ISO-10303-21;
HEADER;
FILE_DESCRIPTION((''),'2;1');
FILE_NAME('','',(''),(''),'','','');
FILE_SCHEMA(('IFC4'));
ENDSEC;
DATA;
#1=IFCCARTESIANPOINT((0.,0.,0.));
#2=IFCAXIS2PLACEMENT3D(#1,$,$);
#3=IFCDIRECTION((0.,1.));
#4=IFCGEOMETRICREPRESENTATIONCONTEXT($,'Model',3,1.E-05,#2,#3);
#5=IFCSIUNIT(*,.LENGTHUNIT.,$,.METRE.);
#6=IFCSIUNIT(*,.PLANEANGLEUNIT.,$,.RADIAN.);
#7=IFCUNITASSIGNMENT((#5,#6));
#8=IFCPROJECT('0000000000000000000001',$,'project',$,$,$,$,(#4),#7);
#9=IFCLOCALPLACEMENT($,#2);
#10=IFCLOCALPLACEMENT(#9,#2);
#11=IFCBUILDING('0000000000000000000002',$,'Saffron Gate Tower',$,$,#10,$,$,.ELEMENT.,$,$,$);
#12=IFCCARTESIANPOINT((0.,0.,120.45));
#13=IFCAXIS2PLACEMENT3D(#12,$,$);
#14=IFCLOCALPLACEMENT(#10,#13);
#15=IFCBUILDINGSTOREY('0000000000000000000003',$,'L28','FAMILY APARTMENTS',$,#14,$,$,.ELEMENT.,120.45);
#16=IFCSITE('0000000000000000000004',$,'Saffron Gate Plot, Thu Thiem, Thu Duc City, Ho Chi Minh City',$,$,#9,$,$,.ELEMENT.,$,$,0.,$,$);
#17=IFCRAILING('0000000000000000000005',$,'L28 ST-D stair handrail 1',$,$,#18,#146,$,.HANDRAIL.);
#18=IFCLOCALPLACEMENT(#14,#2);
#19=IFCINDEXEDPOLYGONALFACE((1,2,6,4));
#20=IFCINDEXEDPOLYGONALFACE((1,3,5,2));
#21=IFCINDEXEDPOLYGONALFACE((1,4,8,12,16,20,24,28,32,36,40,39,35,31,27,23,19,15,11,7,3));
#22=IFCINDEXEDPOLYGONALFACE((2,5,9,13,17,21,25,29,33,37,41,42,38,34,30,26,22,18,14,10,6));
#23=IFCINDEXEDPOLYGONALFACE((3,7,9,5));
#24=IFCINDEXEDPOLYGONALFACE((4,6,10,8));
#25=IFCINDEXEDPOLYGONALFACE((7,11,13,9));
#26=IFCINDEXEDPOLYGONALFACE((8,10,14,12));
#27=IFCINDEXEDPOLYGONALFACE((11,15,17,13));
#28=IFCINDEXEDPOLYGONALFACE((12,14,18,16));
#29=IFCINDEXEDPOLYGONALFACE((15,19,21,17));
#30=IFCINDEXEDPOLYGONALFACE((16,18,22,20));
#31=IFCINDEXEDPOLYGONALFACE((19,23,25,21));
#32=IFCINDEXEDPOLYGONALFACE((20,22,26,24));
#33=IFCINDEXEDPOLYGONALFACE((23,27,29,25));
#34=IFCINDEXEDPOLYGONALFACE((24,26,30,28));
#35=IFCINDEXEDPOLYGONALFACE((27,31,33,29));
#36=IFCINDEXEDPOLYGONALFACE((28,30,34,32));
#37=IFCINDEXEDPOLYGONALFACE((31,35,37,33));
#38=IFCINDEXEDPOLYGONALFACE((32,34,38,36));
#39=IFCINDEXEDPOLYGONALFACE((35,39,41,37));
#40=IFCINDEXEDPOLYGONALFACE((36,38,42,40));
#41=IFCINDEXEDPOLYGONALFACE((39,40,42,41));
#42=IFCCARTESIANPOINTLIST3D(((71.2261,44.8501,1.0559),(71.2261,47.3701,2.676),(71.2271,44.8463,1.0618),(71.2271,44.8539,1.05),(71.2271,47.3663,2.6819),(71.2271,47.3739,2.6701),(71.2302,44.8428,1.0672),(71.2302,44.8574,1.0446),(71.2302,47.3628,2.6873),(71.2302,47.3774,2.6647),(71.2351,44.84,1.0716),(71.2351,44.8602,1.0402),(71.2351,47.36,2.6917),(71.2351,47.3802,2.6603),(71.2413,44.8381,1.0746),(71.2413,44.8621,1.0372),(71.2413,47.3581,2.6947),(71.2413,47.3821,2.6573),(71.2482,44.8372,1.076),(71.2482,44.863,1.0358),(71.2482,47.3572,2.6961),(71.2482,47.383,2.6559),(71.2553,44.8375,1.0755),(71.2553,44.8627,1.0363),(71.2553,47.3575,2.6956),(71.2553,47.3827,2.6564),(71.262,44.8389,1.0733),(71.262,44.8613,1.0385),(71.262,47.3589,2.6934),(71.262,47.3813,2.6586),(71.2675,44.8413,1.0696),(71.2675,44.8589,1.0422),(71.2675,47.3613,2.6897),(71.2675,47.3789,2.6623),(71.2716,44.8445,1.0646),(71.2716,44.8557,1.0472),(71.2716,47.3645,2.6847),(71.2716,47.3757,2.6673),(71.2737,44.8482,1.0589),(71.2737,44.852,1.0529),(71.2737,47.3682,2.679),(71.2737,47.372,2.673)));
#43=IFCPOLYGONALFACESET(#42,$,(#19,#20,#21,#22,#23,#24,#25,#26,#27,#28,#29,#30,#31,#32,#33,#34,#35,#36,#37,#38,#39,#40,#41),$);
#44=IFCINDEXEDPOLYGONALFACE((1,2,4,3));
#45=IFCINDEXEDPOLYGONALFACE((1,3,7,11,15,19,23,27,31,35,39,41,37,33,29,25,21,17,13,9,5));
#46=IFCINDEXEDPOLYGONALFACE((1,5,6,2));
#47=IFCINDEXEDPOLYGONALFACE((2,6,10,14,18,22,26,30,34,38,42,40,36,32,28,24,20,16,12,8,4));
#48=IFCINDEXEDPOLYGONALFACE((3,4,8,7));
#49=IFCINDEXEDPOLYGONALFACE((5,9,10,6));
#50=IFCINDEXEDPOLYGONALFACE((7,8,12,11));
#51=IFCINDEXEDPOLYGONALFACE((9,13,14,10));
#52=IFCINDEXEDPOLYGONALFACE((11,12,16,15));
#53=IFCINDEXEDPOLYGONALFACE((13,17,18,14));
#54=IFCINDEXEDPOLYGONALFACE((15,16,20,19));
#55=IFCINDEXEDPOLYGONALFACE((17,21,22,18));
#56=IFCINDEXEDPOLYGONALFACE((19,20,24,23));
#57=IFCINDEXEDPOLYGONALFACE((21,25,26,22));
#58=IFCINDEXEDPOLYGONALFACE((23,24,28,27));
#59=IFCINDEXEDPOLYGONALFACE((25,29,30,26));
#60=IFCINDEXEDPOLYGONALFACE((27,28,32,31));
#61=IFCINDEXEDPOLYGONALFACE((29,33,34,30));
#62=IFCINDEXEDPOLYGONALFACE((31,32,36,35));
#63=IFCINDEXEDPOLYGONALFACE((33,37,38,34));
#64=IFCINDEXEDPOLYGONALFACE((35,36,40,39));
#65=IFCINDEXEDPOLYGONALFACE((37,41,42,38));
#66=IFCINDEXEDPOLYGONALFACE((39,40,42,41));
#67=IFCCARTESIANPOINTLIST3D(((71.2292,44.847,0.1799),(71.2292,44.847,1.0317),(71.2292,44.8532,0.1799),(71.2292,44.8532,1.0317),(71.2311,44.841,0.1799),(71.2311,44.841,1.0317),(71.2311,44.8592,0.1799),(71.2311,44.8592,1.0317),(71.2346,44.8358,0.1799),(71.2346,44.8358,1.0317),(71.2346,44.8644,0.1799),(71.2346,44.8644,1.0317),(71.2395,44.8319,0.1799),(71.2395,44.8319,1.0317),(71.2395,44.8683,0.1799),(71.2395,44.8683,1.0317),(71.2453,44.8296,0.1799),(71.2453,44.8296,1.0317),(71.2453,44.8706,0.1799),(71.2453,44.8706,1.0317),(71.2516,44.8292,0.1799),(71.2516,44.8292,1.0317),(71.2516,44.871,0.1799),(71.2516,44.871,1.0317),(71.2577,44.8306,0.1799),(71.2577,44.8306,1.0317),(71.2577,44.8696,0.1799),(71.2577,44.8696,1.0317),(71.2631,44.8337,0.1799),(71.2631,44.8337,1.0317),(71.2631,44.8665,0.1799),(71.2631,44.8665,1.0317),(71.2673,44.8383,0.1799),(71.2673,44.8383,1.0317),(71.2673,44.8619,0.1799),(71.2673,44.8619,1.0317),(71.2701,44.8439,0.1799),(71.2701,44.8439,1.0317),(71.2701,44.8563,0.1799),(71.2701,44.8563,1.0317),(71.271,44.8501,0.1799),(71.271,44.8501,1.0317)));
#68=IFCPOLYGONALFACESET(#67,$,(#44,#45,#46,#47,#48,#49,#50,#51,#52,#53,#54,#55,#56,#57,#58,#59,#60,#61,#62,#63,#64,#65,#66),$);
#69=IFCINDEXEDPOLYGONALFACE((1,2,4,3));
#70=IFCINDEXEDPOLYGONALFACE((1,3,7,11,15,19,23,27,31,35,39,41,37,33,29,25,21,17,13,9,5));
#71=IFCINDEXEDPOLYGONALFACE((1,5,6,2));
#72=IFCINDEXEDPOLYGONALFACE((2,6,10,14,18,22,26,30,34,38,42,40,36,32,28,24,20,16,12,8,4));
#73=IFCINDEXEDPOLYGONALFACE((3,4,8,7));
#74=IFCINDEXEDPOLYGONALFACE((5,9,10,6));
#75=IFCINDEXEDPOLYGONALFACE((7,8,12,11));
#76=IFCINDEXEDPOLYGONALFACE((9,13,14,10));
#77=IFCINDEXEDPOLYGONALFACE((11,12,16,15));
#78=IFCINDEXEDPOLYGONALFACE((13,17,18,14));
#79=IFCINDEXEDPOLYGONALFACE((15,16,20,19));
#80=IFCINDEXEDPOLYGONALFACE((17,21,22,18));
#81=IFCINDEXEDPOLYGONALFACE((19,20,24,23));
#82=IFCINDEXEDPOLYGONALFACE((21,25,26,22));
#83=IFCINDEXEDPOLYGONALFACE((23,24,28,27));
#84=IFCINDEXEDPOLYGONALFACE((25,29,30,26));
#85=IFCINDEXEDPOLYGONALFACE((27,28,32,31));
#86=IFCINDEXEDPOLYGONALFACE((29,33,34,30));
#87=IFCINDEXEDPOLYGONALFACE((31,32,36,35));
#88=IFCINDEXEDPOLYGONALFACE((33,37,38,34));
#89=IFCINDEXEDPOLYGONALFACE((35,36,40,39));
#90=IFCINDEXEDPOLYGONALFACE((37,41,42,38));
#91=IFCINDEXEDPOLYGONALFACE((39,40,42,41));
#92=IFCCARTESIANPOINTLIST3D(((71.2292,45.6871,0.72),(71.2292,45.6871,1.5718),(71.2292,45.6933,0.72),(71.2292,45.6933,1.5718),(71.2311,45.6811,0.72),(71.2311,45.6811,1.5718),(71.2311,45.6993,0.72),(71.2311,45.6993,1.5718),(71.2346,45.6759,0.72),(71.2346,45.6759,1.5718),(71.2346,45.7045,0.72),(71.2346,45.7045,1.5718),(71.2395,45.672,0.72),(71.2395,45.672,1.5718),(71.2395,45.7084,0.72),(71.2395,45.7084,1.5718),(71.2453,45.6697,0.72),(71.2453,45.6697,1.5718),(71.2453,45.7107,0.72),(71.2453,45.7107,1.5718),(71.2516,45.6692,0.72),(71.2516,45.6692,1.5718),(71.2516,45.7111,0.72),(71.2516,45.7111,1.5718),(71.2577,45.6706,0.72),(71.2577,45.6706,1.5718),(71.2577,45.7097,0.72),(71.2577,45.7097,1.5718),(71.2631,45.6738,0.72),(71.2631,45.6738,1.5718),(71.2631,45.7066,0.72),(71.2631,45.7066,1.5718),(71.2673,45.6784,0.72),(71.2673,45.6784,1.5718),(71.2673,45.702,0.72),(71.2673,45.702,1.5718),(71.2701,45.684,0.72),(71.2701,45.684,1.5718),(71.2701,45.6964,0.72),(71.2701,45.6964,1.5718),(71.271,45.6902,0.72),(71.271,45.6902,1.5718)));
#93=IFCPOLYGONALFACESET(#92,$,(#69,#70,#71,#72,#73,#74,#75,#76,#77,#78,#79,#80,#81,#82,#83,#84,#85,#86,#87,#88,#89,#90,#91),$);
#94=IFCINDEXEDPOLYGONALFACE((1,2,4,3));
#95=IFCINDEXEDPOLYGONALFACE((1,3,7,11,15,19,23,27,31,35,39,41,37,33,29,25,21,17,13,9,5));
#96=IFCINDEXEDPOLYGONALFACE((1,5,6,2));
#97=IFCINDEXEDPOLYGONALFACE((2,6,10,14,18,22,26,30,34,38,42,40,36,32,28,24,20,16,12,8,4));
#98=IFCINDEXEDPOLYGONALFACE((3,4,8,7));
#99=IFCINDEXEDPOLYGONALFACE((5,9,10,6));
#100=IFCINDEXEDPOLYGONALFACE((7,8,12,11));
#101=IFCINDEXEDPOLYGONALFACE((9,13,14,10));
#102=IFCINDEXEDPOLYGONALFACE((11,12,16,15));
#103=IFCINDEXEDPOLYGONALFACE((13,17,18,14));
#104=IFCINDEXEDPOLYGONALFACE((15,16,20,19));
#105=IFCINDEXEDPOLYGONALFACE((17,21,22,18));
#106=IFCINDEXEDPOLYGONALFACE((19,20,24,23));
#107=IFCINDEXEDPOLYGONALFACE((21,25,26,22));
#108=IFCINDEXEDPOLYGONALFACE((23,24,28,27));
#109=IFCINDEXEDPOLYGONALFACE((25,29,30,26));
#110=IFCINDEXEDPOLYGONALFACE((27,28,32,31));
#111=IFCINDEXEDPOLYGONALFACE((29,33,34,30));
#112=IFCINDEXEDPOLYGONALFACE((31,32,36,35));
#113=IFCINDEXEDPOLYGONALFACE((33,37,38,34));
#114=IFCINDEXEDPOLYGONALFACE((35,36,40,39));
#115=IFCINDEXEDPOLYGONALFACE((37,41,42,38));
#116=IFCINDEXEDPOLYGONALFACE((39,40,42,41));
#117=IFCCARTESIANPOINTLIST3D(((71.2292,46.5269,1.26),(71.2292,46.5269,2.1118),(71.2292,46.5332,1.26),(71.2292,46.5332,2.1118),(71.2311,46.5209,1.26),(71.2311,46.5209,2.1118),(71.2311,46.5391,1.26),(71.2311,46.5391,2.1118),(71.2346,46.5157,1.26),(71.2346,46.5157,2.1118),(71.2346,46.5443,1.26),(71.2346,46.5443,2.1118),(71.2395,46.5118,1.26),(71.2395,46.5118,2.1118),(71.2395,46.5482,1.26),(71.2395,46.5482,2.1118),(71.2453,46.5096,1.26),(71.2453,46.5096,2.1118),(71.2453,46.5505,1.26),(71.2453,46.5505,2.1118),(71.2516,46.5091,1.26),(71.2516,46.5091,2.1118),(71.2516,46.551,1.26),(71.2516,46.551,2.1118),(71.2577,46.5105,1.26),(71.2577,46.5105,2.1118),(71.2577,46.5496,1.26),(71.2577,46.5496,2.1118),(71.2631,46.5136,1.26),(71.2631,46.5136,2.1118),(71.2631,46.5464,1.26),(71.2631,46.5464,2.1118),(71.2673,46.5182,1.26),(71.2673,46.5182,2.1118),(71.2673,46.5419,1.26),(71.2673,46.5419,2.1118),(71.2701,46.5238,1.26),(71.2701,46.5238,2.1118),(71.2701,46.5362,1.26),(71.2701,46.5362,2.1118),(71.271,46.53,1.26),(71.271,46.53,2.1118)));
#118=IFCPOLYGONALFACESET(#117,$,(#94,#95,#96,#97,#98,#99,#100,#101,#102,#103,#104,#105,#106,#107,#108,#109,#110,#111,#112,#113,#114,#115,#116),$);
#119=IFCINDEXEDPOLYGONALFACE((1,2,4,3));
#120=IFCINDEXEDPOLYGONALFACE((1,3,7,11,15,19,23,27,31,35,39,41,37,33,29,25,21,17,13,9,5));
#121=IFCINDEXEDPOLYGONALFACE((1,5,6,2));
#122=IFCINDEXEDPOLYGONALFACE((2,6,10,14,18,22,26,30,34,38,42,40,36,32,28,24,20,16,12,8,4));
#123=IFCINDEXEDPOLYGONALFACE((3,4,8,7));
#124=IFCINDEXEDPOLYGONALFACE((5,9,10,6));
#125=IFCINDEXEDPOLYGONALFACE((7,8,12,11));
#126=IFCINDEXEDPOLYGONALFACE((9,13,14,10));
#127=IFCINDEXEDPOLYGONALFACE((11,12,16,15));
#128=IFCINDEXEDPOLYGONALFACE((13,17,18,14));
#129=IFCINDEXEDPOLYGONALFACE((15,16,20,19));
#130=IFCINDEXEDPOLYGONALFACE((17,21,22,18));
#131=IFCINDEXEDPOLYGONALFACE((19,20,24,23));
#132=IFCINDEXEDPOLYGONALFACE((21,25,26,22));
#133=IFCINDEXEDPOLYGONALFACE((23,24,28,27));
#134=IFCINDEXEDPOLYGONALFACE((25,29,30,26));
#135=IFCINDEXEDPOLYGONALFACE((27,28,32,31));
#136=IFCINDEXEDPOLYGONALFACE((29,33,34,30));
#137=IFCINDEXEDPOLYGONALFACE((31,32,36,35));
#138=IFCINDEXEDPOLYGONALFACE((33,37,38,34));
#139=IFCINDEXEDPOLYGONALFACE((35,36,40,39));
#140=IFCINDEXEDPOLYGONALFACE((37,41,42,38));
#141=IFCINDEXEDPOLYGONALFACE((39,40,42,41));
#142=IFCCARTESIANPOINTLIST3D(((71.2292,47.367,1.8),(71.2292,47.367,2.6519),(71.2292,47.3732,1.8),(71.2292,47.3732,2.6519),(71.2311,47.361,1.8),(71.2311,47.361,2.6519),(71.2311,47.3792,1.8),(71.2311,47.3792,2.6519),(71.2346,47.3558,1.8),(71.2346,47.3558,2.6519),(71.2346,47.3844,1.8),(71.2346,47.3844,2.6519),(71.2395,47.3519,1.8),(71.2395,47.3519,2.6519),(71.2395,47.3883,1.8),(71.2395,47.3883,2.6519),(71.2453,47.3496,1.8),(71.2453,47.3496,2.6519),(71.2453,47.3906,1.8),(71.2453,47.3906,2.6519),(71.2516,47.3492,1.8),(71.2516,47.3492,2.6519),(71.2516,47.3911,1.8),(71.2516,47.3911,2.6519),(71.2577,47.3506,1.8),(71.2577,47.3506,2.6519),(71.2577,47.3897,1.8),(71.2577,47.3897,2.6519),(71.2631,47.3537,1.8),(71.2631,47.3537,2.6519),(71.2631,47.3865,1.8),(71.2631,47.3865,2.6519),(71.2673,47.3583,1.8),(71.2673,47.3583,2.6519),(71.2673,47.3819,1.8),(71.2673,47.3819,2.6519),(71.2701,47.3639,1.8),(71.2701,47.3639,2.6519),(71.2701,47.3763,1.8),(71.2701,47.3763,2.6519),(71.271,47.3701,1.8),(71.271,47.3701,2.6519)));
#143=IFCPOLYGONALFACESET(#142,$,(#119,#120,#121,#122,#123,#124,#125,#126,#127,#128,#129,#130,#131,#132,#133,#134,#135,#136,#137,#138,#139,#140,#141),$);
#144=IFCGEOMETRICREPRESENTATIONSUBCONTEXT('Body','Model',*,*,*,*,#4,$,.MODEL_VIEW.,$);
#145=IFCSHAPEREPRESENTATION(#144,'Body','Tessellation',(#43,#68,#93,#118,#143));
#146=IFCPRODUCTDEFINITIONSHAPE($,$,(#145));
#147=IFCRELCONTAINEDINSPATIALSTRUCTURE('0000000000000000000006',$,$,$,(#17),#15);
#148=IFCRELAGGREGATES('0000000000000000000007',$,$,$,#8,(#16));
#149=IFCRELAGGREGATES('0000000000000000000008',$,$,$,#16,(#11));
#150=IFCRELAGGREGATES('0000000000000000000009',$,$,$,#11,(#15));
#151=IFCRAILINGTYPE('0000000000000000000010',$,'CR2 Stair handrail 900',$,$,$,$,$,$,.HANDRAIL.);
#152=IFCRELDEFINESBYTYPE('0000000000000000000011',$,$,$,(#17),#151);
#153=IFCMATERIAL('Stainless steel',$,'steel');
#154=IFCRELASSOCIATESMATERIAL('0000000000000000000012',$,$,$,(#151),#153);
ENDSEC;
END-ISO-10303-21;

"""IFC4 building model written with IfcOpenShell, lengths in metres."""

from ifc_helpers import new_model, si_unit, direction, frame, origin, origin_2d, place, context, subcontext, project, spatial, circle, extrude, material, type_object, element, save


model = new_model("IFC4")

# Units and contexts
model_context = context("Model", 3, precision=1e-05, world=origin(), true_north=direction((0.0, 1.0)))
body_context = subcontext(model_context, "Body", "Model", "MODEL_VIEW")
ifc_project = project(units=[si_unit("LENGTHUNIT", "METRE"), si_unit("PLANEANGLEUNIT", "RADIAN")], contexts=[model_context])

# Site, building, storey
site_placement = place(None, origin())
site = spatial("IfcSite", under=ifc_project, at=site_placement, Name="Saffron Gate Plot, Thu Thiem, Thu Duc City, Ho Chi Minh City", CompositionType="ELEMENT", RefElevation=0.0)
building_placement = place(site_placement, origin())
building = spatial("IfcBuilding", under=site, at=building_placement, Name="Saffron Gate Tower", CompositionType="ELEMENT")
storey_placement = place(building_placement, frame((0.0, 0.0, 120.45)))
storey = spatial("IfcBuildingStorey", under=building, at=storey_placement, Name="L28", Description="FAMILY APARTMENTS", CompositionType="ELEMENT", Elevation=120.45)

# Railing
ifc_material_1 = material(Name="Stainless steel", Category="steel")
railing_type_1 = type_object("IfcRailingType", Name="CR2 Stair handrail 900", PredefinedType="HANDRAIL", material=ifc_material_1)
railing_1_placement = place(storey_placement, frame((71.25, 44.8501, 0.1799)))
element("IfcRailing", 1, at=railing_1_placement, inside=storey, type_object=railing_type_1, Name="L28 ST-D stair handrail 1", PredefinedType="HANDRAIL", context=body_context, shape_type="SweptSolid", body=[
    extrude(circle(Radius=0.0239, at=origin_2d()), frame((0.0, 0.0, 0.876), z_axis=(0.0, 0.841163, 0.540782), x_axis=(-1.0, 0.0, 0.0)), (0.0, 0.0, 1.0), 2.9958),
    extrude(circle(Radius=0.021, at=origin_2d()), origin(), (0.0, 0.0, 1.0), 0.8518),
    extrude(circle(Radius=0.021, at=origin_2d()), frame((0.0, 0.8401, 0.54)), (0.0, 0.0, 1.0), 0.8518),
    extrude(circle(Radius=0.021, at=origin_2d()), frame((0.0, 1.6799, 1.0801)), (0.0, 0.0, 1.0), 0.8518),
    extrude(circle(Radius=0.021, at=origin_2d()), frame((0.0, 2.52, 1.6201)), (0.0, 0.0, 1.0), 0.8518),
])

save(model, "model.ifc")
